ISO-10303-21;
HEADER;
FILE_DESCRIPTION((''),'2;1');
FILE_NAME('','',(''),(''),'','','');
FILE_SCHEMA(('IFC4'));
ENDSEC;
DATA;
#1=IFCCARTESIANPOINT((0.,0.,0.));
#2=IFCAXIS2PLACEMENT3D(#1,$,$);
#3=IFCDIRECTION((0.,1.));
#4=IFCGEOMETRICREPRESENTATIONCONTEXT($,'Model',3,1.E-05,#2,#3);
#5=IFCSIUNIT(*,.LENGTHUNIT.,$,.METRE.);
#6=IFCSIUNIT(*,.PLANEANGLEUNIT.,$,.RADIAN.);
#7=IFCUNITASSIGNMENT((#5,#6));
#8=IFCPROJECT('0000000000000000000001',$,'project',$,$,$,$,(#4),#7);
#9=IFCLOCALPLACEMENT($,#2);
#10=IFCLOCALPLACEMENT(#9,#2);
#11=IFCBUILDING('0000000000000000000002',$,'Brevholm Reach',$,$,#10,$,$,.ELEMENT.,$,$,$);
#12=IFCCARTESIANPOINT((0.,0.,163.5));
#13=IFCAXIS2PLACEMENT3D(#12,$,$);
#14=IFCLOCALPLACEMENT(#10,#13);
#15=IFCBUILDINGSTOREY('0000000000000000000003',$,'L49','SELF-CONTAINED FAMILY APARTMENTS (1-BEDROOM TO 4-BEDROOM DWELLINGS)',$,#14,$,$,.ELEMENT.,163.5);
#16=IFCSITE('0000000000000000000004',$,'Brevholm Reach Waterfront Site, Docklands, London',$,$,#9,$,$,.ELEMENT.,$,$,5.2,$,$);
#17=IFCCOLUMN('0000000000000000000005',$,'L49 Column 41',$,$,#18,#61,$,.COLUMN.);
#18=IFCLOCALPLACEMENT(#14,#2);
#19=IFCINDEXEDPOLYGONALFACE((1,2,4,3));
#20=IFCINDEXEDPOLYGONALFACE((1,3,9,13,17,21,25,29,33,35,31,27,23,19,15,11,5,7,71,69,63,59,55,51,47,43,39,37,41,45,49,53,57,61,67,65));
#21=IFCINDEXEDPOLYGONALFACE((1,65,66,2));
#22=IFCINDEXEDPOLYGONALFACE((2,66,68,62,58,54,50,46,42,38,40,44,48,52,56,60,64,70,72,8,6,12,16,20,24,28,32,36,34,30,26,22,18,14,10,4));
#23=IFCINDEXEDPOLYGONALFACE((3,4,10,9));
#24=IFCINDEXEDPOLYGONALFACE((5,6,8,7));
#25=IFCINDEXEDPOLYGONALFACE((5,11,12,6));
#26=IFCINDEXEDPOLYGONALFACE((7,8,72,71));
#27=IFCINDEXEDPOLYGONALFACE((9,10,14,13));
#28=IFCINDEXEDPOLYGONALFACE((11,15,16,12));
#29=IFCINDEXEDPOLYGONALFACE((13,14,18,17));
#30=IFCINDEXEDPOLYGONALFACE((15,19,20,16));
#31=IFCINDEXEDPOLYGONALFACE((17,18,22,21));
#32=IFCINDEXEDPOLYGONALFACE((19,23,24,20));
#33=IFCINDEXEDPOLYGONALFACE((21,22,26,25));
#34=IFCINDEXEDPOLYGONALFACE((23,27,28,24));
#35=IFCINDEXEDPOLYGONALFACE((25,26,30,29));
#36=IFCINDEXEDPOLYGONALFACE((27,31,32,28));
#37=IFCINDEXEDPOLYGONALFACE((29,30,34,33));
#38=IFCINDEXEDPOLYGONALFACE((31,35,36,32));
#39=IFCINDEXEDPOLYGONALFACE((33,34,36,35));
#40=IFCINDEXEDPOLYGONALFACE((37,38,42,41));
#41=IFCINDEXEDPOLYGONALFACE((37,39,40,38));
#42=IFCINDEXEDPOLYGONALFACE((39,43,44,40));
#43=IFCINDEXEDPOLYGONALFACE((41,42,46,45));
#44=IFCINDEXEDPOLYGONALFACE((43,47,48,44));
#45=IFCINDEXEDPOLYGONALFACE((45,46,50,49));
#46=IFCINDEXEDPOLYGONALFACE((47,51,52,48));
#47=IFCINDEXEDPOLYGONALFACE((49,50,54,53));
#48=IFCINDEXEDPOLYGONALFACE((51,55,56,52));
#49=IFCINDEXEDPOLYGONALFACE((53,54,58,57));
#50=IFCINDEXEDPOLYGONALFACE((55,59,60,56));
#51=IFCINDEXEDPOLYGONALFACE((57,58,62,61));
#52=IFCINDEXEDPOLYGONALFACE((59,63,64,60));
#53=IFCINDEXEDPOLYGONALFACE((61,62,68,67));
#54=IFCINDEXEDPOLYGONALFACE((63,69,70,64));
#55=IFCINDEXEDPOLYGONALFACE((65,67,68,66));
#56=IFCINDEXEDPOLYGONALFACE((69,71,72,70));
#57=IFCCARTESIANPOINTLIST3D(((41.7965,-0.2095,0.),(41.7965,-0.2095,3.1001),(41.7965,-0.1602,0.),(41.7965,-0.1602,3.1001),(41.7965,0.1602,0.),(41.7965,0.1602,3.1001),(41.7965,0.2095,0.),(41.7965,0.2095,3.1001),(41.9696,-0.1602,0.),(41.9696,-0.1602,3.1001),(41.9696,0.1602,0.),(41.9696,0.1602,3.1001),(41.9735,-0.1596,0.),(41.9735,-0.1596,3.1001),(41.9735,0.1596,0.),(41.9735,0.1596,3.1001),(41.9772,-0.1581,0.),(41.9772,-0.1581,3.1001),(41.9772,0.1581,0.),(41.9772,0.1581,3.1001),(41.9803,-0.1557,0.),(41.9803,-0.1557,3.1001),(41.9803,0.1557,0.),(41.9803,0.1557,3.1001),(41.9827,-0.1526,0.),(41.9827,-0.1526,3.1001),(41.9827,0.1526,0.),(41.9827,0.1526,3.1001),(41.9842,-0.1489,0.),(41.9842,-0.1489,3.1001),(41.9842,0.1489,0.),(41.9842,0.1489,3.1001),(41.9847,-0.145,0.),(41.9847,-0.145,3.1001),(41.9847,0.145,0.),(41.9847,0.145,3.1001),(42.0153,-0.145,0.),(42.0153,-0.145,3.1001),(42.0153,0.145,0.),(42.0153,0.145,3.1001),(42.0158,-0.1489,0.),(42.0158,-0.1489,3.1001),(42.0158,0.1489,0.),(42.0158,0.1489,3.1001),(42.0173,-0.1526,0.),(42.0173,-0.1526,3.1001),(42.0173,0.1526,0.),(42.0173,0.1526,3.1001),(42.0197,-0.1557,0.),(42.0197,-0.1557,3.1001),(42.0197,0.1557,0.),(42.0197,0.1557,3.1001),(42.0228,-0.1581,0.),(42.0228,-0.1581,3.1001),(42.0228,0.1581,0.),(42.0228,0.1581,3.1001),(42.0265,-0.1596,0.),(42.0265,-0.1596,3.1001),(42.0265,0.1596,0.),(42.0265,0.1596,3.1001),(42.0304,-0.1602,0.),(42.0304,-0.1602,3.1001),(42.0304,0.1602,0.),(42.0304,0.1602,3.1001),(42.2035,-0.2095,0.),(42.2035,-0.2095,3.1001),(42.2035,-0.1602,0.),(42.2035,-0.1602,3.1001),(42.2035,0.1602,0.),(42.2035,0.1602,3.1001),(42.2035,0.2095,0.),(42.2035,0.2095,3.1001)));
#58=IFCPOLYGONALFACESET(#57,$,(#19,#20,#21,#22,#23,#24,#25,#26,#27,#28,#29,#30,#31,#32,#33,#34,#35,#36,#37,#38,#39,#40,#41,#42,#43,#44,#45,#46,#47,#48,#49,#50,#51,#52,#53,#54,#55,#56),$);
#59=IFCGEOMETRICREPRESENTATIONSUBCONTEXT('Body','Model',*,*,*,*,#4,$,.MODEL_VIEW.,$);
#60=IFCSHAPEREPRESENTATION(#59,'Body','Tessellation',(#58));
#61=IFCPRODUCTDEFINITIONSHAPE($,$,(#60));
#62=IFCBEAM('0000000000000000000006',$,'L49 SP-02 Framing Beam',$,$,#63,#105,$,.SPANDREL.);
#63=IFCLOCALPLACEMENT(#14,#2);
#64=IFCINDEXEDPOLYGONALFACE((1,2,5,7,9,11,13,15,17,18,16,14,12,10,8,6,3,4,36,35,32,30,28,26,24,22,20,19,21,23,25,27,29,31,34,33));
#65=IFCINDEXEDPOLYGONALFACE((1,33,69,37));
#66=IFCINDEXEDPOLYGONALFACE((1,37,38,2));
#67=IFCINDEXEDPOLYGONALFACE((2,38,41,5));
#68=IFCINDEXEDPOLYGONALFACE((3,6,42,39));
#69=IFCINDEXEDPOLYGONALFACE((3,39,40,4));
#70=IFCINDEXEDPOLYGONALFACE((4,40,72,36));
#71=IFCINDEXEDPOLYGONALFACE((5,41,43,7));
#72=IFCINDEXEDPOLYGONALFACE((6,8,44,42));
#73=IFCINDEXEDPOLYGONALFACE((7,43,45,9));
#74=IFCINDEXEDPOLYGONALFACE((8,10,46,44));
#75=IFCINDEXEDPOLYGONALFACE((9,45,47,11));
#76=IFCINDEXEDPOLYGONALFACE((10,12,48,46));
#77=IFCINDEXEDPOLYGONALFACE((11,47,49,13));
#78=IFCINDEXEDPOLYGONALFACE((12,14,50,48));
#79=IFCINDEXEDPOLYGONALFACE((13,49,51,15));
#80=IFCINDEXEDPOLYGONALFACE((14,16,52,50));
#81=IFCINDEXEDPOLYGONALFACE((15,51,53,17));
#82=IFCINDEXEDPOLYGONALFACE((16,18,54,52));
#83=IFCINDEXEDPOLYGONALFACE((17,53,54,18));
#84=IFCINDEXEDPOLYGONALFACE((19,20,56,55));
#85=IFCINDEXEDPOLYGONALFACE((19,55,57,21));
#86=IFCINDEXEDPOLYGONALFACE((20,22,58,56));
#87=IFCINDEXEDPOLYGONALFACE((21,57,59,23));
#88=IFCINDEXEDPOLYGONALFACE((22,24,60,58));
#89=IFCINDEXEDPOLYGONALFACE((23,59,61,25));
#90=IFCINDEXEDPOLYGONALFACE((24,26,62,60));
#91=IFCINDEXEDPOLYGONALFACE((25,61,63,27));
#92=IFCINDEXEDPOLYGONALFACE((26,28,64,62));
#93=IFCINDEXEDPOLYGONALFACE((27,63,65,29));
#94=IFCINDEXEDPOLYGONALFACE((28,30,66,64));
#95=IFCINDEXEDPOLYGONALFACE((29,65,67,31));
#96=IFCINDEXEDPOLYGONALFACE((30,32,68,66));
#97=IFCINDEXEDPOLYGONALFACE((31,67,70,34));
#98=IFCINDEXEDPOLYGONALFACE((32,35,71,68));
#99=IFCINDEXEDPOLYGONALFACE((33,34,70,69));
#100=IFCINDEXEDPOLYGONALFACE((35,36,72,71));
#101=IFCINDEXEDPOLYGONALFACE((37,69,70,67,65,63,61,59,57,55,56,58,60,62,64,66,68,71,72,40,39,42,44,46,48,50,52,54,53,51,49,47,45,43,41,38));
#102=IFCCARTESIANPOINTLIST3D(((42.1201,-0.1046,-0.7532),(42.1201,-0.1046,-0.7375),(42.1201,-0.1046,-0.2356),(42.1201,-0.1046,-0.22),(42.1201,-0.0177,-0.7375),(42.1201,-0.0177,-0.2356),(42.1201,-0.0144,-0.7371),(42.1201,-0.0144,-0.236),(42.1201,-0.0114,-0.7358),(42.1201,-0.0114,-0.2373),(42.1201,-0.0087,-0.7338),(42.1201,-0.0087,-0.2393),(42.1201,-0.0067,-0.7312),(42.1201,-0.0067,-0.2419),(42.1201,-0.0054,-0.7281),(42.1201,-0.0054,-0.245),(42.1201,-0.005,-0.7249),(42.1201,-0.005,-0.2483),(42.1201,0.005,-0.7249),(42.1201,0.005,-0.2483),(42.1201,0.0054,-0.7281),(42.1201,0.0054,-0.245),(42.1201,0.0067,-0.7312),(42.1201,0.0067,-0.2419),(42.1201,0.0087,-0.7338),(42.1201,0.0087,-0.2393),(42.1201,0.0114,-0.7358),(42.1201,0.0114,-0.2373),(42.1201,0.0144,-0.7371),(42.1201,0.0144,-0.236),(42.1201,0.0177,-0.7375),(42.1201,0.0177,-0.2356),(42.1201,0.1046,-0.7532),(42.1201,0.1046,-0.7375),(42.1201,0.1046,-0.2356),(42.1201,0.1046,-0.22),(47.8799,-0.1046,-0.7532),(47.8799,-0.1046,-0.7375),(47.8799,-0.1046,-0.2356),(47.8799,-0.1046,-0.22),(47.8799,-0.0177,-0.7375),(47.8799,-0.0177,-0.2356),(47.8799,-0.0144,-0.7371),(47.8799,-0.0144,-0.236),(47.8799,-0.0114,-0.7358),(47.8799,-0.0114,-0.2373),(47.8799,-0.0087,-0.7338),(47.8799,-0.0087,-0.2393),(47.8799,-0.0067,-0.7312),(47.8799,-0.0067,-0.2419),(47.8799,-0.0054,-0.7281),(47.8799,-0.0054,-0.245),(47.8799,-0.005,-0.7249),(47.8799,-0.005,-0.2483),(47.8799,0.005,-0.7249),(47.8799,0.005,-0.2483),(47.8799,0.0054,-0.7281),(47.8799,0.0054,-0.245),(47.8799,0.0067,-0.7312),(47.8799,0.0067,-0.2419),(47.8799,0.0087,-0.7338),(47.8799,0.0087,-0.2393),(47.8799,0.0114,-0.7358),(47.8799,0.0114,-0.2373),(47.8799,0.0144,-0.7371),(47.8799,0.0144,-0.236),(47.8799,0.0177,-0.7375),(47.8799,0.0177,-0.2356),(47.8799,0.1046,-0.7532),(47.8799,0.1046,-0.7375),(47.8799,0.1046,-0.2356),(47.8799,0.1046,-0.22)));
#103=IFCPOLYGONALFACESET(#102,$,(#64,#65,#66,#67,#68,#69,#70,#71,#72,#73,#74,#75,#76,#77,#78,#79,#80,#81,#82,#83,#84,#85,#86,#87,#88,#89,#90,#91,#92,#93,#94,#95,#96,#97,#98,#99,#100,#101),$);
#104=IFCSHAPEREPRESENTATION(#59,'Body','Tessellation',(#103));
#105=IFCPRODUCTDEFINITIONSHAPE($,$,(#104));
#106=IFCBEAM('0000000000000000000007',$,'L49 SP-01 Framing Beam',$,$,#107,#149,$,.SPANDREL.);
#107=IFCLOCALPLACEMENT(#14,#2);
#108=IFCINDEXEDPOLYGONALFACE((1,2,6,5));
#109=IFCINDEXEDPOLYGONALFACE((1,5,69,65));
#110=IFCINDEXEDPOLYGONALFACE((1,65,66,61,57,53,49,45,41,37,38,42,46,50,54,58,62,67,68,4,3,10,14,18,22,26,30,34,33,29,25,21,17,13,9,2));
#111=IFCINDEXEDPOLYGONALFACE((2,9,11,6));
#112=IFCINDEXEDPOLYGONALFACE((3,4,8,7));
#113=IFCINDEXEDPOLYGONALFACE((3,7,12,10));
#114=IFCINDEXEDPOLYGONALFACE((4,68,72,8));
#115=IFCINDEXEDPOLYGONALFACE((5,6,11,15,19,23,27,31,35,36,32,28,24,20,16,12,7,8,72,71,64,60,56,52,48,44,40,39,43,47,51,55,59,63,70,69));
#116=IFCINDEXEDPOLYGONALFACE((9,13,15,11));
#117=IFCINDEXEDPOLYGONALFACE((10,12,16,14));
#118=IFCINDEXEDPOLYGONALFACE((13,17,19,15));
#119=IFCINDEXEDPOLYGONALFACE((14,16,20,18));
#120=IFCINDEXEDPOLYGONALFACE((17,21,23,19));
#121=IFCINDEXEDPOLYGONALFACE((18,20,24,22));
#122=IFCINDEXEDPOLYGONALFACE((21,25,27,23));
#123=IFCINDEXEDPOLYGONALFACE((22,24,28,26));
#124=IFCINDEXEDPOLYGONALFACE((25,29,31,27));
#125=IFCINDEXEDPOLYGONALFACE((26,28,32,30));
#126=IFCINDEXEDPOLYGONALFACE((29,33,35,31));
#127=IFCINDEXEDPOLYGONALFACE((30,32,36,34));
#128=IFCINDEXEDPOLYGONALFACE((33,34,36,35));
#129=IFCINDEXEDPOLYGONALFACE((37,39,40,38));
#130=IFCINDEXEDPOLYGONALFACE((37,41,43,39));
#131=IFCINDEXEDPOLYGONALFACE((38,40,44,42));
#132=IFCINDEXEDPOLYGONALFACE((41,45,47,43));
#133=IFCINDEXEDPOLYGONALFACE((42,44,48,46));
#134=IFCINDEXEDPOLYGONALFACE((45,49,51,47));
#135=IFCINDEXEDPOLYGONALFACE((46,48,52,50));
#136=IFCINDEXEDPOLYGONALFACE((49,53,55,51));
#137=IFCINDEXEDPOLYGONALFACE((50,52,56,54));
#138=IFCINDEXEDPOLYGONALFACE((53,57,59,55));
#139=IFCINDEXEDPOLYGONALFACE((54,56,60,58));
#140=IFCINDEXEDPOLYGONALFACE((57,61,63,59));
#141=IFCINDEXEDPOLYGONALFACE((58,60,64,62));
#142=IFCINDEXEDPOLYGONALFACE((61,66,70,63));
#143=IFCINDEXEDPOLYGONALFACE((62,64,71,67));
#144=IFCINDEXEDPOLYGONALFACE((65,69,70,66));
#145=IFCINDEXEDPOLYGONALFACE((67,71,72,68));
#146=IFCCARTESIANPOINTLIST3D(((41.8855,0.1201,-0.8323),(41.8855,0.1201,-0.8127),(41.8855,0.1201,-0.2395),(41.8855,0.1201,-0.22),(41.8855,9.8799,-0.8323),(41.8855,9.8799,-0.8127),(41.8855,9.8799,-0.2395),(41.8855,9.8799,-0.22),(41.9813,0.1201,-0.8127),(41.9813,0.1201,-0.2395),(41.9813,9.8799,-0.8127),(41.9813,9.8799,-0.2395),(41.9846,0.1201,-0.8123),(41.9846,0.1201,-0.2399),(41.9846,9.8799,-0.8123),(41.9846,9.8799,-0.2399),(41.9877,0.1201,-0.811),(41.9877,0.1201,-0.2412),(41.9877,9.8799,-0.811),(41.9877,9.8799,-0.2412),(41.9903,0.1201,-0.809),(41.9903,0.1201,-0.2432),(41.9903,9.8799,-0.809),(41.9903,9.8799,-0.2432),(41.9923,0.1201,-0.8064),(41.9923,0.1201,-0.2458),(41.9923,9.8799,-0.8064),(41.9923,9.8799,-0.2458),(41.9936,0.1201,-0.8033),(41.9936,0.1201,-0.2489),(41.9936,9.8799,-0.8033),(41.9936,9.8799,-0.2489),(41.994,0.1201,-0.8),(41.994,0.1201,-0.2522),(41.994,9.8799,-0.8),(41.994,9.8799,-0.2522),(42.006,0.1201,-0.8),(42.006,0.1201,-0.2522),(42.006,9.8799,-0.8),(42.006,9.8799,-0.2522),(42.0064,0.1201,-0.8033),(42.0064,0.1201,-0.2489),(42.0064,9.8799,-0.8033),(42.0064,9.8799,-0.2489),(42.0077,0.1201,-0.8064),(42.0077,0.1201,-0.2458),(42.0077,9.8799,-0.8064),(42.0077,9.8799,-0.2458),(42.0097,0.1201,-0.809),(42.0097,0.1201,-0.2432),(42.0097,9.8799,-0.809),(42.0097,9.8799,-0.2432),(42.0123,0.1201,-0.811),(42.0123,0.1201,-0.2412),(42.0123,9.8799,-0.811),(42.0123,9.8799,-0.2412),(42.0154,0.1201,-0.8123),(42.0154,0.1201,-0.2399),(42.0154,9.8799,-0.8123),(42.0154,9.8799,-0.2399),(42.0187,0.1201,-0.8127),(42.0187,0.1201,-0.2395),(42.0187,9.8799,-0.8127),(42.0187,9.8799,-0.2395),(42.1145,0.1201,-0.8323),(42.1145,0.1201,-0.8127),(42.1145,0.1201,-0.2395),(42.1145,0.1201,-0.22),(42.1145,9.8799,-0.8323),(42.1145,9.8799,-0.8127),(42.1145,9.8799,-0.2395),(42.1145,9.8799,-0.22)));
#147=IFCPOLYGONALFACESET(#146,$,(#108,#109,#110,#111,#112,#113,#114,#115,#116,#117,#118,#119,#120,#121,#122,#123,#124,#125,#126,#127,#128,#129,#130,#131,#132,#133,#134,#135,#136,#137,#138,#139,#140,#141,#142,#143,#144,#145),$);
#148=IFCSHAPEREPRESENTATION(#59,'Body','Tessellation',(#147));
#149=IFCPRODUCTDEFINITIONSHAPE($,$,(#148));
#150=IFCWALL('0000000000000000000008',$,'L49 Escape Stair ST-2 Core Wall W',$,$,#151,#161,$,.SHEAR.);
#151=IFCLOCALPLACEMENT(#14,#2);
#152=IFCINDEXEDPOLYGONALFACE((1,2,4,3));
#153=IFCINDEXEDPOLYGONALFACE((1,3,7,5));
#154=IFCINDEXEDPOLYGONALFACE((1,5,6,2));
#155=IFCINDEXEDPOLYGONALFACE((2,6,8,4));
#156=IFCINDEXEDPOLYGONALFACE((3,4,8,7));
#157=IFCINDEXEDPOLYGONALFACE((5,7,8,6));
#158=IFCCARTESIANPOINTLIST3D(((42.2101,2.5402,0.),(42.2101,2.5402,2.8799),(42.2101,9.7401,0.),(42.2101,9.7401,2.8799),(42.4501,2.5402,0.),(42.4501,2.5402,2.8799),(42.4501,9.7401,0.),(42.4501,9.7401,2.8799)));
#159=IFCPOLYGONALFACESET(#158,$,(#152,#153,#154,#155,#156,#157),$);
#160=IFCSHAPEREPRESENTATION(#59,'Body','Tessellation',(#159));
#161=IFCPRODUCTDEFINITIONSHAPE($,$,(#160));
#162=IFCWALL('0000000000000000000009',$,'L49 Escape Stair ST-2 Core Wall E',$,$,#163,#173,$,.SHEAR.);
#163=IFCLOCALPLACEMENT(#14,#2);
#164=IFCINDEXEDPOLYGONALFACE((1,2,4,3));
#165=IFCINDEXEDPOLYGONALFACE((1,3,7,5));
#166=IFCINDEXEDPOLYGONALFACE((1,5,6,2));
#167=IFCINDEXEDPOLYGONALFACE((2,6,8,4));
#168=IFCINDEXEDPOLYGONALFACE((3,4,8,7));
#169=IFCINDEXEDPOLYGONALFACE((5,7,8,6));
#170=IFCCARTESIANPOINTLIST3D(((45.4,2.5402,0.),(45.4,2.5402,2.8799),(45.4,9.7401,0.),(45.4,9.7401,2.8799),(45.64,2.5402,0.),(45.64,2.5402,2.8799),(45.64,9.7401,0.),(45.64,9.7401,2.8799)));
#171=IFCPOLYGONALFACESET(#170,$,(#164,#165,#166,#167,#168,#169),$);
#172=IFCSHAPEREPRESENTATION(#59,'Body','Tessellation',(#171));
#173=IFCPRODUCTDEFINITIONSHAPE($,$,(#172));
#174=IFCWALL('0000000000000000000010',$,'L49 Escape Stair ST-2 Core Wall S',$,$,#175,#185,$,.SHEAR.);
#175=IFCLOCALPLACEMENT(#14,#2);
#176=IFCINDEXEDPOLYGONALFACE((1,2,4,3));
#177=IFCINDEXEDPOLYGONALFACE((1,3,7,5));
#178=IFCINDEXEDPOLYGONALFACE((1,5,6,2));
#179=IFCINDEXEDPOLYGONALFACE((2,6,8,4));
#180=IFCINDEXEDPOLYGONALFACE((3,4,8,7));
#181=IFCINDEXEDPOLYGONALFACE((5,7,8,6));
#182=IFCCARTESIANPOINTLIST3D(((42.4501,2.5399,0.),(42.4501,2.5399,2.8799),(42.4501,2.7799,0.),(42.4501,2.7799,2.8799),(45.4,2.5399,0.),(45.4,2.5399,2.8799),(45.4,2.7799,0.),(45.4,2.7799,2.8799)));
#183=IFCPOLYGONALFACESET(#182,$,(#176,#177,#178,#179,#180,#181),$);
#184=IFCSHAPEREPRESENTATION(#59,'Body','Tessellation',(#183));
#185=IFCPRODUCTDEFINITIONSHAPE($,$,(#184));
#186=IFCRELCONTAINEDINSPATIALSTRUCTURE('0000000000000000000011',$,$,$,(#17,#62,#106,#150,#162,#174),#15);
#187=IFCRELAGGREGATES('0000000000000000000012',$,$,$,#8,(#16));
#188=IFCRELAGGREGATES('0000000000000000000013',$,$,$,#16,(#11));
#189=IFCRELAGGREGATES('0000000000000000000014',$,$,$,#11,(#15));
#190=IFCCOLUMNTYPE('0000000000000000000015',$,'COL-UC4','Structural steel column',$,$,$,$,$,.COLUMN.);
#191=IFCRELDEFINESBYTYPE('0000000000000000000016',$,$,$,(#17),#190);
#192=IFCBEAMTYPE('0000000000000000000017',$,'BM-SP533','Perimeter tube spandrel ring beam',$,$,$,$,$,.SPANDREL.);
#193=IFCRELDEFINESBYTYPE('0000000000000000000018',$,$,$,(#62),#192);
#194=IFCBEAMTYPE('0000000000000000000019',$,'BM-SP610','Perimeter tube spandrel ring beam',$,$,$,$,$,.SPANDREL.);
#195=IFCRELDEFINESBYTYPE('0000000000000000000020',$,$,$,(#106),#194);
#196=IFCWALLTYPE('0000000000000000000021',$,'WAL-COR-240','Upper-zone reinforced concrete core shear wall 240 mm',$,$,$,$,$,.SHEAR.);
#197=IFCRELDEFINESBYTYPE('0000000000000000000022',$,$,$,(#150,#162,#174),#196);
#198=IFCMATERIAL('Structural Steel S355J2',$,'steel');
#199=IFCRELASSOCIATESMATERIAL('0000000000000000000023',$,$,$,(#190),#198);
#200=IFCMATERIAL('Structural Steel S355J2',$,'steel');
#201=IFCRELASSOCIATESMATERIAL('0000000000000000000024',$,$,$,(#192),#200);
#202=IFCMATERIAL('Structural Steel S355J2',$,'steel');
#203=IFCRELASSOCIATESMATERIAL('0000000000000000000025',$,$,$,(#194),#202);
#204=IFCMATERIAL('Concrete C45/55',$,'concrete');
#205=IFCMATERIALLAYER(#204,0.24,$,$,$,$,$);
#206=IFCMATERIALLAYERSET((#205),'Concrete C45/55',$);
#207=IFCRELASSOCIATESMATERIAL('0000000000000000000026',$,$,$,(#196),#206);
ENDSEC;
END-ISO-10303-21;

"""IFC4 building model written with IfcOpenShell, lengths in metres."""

from ifc_helpers import new_model, si_unit, direction, frame, frame_2d, origin, origin_2d, place, context, subcontext, project, spatial, rectangle, i_section, extrude, material, layer, layer_set, material_profile, profile_set, type_object, element, save


model = new_model("IFC4")

# Units and contexts
model_context = context("Model", 3, precision=1e-05, world=origin(), true_north=direction((0.0, 1.0)))
body_context = subcontext(model_context, "Body", "Model", "MODEL_VIEW")
ifc_project = project(units=[si_unit("LENGTHUNIT", "METRE"), si_unit("PLANEANGLEUNIT", "RADIAN")], contexts=[model_context])

# Site, building, storey
site_placement = place(None, origin())
site = spatial("IfcSite", under=ifc_project, at=site_placement, Name="Brevholm Reach Waterfront Site, Docklands, London", CompositionType="ELEMENT", RefElevation=5.2)
building_placement = place(site_placement, origin())
building = spatial("IfcBuilding", under=site, at=building_placement, Name="Brevholm Reach", CompositionType="ELEMENT")
storey_placement = place(building_placement, frame((0.0, 0.0, 163.5)))
storey = spatial("IfcBuildingStorey", under=building, at=storey_placement, Name="L49", Description="SELF-CONTAINED FAMILY APARTMENTS (1-BEDROOM TO 4-BEDROOM DWELLINGS)", CompositionType="ELEMENT", Elevation=163.5)

# Column
ifc_material_1 = material(Name="Structural Steel S355J2", Category="steel")
ifc_material_profile_1 = material_profile(ifc_material_1, i_section(OverallWidth=0.407, OverallDepth=0.4189, WebThickness=0.0305, FlangeThickness=0.0493, FilletRadius=0.0151, at=origin_2d()), Name="UKC 356x406x393")
ifc_profile_set_1 = profile_set([ifc_material_profile_1], Name="Structural Steel S355J2")
column_type = type_object("IfcColumnType", Name="COL-UC4", Description="Structural steel column", PredefinedType="COLUMN", material=ifc_profile_set_1)
column_placement = place(storey_placement, frame((42.0, 0.0, 0.0), z_axis=(0.0, 0.0, 1.0), x_axis=(1.0, 0.0, 0.0)))
element("IfcColumn", 1, at=column_placement, inside=storey, type_object=column_type, Name="L49 Column 41", PredefinedType="COLUMN", context=body_context, shape_type="SweptSolid", body=[
    extrude(i_section(OverallWidth=0.407, OverallDepth=0.4189, WebThickness=0.0305, FlangeThickness=0.0493, FilletRadius=0.0151, at=origin_2d()), origin(), (0.0, 0.0, 1.0), 3.1001),
])

# Beams
ifc_material_2 = material(Name="Structural Steel S355J2", Category="steel")
ifc_material_profile_2 = material_profile(ifc_material_2, i_section(OverallWidth=0.2092, OverallDepth=0.5332, WebThickness=0.01, FlangeThickness=0.0156, FilletRadius=0.0127, at=origin_2d()), Name="UKB 533x210x92")
ifc_profile_set_2 = profile_set([ifc_material_profile_2], Name="Structural Steel S355J2")
beam_type_1 = type_object("IfcBeamType", Name="BM-SP533", Description="Perimeter tube spandrel ring beam", PredefinedType="SPANDREL", material=ifc_profile_set_2)
beam_1_placement = place(storey_placement, frame((42.1201, 0.0, -0.4866), z_axis=(1.0, 0.0, 0.0), x_axis=(0.0, 1.0, 0.0)))
element("IfcBeam", 2, at=beam_1_placement, inside=storey, type_object=beam_type_1, Name="L49 SP-02 Framing Beam", PredefinedType="SPANDREL", context=body_context, shape_type="SweptSolid", body=[
    extrude(i_section(OverallWidth=0.2092, OverallDepth=0.5332, WebThickness=0.01, FlangeThickness=0.0156, FilletRadius=0.0127, at=origin_2d()), origin(), (0.0, 0.0, 1.0), 5.7598),
])
ifc_material_3 = material(Name="Structural Steel S355J2", Category="steel")
ifc_material_profile_3 = material_profile(ifc_material_3, i_section(OverallWidth=0.229, OverallDepth=0.6123, WebThickness=0.012, FlangeThickness=0.0195, FilletRadius=0.0127, at=origin_2d()), Name="UKB 610x229x125")
ifc_profile_set_3 = profile_set([ifc_material_profile_3], Name="Structural Steel S355J2")
beam_type_2 = type_object("IfcBeamType", Name="BM-SP610", Description="Perimeter tube spandrel ring beam", PredefinedType="SPANDREL", material=ifc_profile_set_3)
beam_2_placement = place(storey_placement, frame((42.0, 0.1201, -0.5261), z_axis=(0.0, 1.0, 0.0), x_axis=(-1.0, 0.0, 0.0)))
element("IfcBeam", 3, at=beam_2_placement, inside=storey, type_object=beam_type_2, Name="L49 SP-01 Framing Beam", PredefinedType="SPANDREL", context=body_context, shape_type="SweptSolid", body=[
    extrude(i_section(OverallWidth=0.229, OverallDepth=0.6123, WebThickness=0.012, FlangeThickness=0.0195, FilletRadius=0.0127, at=origin_2d()), origin(), (0.0, 0.0, 1.0), 9.7598),
])

# Walls
ifc_material_4 = material(Name="Concrete C45/55", Category="concrete")
ifc_layer_1 = layer(ifc_material_4, 0.24)
ifc_layer_set_1 = layer_set([ifc_layer_1], Name="Concrete C45/55")
wall_type_1 = type_object("IfcWallType", Name="WAL-COR-240", Description="Upper-zone reinforced concrete core shear wall 240 mm", PredefinedType="SHEAR", material=ifc_layer_set_1)
for number, where, z_axis, x_axis, name in (
    (4, (42.3301, 2.54, 0.0), (0.0, 0.0, 1.0), (0.0, 1.0, 0.0), "L49 Escape Stair ST-2 Core Wall W"),
    (5, (45.52, 2.54, 0.0), (0.0, 0.0, 1.0), (0.0, 1.0, 0.0), "L49 Escape Stair ST-2 Core Wall E"),
):
    element("IfcWall", number, at=place(storey_placement, frame(where, z_axis=z_axis, x_axis=x_axis)), inside=storey, type_object=wall_type_1, Name=name, PredefinedType="SHEAR", context=body_context, shape_type="SweptSolid", body=[
        extrude(rectangle(XDim=7.2, YDim=0.24, at=frame_2d((3.6001, 0.0))), origin(), (0.0, 0.0, 1.0), 2.8799),
    ])
wall_1_placement = place(storey_placement, frame((42.45, 2.6599, 0.0), z_axis=(0.0, 0.0, 1.0), x_axis=(1.0, 0.0, 0.0)))
element("IfcWall", 6, at=wall_1_placement, inside=storey, type_object=wall_type_1, Name="L49 Escape Stair ST-2 Core Wall S", PredefinedType="SHEAR", context=body_context, shape_type="SweptSolid", body=[
    extrude(rectangle(XDim=2.95, YDim=0.24, at=frame_2d((1.4751, 0.0))), origin(), (0.0, 0.0, 1.0), 2.8799),
])

save(model, "model.ifc")
